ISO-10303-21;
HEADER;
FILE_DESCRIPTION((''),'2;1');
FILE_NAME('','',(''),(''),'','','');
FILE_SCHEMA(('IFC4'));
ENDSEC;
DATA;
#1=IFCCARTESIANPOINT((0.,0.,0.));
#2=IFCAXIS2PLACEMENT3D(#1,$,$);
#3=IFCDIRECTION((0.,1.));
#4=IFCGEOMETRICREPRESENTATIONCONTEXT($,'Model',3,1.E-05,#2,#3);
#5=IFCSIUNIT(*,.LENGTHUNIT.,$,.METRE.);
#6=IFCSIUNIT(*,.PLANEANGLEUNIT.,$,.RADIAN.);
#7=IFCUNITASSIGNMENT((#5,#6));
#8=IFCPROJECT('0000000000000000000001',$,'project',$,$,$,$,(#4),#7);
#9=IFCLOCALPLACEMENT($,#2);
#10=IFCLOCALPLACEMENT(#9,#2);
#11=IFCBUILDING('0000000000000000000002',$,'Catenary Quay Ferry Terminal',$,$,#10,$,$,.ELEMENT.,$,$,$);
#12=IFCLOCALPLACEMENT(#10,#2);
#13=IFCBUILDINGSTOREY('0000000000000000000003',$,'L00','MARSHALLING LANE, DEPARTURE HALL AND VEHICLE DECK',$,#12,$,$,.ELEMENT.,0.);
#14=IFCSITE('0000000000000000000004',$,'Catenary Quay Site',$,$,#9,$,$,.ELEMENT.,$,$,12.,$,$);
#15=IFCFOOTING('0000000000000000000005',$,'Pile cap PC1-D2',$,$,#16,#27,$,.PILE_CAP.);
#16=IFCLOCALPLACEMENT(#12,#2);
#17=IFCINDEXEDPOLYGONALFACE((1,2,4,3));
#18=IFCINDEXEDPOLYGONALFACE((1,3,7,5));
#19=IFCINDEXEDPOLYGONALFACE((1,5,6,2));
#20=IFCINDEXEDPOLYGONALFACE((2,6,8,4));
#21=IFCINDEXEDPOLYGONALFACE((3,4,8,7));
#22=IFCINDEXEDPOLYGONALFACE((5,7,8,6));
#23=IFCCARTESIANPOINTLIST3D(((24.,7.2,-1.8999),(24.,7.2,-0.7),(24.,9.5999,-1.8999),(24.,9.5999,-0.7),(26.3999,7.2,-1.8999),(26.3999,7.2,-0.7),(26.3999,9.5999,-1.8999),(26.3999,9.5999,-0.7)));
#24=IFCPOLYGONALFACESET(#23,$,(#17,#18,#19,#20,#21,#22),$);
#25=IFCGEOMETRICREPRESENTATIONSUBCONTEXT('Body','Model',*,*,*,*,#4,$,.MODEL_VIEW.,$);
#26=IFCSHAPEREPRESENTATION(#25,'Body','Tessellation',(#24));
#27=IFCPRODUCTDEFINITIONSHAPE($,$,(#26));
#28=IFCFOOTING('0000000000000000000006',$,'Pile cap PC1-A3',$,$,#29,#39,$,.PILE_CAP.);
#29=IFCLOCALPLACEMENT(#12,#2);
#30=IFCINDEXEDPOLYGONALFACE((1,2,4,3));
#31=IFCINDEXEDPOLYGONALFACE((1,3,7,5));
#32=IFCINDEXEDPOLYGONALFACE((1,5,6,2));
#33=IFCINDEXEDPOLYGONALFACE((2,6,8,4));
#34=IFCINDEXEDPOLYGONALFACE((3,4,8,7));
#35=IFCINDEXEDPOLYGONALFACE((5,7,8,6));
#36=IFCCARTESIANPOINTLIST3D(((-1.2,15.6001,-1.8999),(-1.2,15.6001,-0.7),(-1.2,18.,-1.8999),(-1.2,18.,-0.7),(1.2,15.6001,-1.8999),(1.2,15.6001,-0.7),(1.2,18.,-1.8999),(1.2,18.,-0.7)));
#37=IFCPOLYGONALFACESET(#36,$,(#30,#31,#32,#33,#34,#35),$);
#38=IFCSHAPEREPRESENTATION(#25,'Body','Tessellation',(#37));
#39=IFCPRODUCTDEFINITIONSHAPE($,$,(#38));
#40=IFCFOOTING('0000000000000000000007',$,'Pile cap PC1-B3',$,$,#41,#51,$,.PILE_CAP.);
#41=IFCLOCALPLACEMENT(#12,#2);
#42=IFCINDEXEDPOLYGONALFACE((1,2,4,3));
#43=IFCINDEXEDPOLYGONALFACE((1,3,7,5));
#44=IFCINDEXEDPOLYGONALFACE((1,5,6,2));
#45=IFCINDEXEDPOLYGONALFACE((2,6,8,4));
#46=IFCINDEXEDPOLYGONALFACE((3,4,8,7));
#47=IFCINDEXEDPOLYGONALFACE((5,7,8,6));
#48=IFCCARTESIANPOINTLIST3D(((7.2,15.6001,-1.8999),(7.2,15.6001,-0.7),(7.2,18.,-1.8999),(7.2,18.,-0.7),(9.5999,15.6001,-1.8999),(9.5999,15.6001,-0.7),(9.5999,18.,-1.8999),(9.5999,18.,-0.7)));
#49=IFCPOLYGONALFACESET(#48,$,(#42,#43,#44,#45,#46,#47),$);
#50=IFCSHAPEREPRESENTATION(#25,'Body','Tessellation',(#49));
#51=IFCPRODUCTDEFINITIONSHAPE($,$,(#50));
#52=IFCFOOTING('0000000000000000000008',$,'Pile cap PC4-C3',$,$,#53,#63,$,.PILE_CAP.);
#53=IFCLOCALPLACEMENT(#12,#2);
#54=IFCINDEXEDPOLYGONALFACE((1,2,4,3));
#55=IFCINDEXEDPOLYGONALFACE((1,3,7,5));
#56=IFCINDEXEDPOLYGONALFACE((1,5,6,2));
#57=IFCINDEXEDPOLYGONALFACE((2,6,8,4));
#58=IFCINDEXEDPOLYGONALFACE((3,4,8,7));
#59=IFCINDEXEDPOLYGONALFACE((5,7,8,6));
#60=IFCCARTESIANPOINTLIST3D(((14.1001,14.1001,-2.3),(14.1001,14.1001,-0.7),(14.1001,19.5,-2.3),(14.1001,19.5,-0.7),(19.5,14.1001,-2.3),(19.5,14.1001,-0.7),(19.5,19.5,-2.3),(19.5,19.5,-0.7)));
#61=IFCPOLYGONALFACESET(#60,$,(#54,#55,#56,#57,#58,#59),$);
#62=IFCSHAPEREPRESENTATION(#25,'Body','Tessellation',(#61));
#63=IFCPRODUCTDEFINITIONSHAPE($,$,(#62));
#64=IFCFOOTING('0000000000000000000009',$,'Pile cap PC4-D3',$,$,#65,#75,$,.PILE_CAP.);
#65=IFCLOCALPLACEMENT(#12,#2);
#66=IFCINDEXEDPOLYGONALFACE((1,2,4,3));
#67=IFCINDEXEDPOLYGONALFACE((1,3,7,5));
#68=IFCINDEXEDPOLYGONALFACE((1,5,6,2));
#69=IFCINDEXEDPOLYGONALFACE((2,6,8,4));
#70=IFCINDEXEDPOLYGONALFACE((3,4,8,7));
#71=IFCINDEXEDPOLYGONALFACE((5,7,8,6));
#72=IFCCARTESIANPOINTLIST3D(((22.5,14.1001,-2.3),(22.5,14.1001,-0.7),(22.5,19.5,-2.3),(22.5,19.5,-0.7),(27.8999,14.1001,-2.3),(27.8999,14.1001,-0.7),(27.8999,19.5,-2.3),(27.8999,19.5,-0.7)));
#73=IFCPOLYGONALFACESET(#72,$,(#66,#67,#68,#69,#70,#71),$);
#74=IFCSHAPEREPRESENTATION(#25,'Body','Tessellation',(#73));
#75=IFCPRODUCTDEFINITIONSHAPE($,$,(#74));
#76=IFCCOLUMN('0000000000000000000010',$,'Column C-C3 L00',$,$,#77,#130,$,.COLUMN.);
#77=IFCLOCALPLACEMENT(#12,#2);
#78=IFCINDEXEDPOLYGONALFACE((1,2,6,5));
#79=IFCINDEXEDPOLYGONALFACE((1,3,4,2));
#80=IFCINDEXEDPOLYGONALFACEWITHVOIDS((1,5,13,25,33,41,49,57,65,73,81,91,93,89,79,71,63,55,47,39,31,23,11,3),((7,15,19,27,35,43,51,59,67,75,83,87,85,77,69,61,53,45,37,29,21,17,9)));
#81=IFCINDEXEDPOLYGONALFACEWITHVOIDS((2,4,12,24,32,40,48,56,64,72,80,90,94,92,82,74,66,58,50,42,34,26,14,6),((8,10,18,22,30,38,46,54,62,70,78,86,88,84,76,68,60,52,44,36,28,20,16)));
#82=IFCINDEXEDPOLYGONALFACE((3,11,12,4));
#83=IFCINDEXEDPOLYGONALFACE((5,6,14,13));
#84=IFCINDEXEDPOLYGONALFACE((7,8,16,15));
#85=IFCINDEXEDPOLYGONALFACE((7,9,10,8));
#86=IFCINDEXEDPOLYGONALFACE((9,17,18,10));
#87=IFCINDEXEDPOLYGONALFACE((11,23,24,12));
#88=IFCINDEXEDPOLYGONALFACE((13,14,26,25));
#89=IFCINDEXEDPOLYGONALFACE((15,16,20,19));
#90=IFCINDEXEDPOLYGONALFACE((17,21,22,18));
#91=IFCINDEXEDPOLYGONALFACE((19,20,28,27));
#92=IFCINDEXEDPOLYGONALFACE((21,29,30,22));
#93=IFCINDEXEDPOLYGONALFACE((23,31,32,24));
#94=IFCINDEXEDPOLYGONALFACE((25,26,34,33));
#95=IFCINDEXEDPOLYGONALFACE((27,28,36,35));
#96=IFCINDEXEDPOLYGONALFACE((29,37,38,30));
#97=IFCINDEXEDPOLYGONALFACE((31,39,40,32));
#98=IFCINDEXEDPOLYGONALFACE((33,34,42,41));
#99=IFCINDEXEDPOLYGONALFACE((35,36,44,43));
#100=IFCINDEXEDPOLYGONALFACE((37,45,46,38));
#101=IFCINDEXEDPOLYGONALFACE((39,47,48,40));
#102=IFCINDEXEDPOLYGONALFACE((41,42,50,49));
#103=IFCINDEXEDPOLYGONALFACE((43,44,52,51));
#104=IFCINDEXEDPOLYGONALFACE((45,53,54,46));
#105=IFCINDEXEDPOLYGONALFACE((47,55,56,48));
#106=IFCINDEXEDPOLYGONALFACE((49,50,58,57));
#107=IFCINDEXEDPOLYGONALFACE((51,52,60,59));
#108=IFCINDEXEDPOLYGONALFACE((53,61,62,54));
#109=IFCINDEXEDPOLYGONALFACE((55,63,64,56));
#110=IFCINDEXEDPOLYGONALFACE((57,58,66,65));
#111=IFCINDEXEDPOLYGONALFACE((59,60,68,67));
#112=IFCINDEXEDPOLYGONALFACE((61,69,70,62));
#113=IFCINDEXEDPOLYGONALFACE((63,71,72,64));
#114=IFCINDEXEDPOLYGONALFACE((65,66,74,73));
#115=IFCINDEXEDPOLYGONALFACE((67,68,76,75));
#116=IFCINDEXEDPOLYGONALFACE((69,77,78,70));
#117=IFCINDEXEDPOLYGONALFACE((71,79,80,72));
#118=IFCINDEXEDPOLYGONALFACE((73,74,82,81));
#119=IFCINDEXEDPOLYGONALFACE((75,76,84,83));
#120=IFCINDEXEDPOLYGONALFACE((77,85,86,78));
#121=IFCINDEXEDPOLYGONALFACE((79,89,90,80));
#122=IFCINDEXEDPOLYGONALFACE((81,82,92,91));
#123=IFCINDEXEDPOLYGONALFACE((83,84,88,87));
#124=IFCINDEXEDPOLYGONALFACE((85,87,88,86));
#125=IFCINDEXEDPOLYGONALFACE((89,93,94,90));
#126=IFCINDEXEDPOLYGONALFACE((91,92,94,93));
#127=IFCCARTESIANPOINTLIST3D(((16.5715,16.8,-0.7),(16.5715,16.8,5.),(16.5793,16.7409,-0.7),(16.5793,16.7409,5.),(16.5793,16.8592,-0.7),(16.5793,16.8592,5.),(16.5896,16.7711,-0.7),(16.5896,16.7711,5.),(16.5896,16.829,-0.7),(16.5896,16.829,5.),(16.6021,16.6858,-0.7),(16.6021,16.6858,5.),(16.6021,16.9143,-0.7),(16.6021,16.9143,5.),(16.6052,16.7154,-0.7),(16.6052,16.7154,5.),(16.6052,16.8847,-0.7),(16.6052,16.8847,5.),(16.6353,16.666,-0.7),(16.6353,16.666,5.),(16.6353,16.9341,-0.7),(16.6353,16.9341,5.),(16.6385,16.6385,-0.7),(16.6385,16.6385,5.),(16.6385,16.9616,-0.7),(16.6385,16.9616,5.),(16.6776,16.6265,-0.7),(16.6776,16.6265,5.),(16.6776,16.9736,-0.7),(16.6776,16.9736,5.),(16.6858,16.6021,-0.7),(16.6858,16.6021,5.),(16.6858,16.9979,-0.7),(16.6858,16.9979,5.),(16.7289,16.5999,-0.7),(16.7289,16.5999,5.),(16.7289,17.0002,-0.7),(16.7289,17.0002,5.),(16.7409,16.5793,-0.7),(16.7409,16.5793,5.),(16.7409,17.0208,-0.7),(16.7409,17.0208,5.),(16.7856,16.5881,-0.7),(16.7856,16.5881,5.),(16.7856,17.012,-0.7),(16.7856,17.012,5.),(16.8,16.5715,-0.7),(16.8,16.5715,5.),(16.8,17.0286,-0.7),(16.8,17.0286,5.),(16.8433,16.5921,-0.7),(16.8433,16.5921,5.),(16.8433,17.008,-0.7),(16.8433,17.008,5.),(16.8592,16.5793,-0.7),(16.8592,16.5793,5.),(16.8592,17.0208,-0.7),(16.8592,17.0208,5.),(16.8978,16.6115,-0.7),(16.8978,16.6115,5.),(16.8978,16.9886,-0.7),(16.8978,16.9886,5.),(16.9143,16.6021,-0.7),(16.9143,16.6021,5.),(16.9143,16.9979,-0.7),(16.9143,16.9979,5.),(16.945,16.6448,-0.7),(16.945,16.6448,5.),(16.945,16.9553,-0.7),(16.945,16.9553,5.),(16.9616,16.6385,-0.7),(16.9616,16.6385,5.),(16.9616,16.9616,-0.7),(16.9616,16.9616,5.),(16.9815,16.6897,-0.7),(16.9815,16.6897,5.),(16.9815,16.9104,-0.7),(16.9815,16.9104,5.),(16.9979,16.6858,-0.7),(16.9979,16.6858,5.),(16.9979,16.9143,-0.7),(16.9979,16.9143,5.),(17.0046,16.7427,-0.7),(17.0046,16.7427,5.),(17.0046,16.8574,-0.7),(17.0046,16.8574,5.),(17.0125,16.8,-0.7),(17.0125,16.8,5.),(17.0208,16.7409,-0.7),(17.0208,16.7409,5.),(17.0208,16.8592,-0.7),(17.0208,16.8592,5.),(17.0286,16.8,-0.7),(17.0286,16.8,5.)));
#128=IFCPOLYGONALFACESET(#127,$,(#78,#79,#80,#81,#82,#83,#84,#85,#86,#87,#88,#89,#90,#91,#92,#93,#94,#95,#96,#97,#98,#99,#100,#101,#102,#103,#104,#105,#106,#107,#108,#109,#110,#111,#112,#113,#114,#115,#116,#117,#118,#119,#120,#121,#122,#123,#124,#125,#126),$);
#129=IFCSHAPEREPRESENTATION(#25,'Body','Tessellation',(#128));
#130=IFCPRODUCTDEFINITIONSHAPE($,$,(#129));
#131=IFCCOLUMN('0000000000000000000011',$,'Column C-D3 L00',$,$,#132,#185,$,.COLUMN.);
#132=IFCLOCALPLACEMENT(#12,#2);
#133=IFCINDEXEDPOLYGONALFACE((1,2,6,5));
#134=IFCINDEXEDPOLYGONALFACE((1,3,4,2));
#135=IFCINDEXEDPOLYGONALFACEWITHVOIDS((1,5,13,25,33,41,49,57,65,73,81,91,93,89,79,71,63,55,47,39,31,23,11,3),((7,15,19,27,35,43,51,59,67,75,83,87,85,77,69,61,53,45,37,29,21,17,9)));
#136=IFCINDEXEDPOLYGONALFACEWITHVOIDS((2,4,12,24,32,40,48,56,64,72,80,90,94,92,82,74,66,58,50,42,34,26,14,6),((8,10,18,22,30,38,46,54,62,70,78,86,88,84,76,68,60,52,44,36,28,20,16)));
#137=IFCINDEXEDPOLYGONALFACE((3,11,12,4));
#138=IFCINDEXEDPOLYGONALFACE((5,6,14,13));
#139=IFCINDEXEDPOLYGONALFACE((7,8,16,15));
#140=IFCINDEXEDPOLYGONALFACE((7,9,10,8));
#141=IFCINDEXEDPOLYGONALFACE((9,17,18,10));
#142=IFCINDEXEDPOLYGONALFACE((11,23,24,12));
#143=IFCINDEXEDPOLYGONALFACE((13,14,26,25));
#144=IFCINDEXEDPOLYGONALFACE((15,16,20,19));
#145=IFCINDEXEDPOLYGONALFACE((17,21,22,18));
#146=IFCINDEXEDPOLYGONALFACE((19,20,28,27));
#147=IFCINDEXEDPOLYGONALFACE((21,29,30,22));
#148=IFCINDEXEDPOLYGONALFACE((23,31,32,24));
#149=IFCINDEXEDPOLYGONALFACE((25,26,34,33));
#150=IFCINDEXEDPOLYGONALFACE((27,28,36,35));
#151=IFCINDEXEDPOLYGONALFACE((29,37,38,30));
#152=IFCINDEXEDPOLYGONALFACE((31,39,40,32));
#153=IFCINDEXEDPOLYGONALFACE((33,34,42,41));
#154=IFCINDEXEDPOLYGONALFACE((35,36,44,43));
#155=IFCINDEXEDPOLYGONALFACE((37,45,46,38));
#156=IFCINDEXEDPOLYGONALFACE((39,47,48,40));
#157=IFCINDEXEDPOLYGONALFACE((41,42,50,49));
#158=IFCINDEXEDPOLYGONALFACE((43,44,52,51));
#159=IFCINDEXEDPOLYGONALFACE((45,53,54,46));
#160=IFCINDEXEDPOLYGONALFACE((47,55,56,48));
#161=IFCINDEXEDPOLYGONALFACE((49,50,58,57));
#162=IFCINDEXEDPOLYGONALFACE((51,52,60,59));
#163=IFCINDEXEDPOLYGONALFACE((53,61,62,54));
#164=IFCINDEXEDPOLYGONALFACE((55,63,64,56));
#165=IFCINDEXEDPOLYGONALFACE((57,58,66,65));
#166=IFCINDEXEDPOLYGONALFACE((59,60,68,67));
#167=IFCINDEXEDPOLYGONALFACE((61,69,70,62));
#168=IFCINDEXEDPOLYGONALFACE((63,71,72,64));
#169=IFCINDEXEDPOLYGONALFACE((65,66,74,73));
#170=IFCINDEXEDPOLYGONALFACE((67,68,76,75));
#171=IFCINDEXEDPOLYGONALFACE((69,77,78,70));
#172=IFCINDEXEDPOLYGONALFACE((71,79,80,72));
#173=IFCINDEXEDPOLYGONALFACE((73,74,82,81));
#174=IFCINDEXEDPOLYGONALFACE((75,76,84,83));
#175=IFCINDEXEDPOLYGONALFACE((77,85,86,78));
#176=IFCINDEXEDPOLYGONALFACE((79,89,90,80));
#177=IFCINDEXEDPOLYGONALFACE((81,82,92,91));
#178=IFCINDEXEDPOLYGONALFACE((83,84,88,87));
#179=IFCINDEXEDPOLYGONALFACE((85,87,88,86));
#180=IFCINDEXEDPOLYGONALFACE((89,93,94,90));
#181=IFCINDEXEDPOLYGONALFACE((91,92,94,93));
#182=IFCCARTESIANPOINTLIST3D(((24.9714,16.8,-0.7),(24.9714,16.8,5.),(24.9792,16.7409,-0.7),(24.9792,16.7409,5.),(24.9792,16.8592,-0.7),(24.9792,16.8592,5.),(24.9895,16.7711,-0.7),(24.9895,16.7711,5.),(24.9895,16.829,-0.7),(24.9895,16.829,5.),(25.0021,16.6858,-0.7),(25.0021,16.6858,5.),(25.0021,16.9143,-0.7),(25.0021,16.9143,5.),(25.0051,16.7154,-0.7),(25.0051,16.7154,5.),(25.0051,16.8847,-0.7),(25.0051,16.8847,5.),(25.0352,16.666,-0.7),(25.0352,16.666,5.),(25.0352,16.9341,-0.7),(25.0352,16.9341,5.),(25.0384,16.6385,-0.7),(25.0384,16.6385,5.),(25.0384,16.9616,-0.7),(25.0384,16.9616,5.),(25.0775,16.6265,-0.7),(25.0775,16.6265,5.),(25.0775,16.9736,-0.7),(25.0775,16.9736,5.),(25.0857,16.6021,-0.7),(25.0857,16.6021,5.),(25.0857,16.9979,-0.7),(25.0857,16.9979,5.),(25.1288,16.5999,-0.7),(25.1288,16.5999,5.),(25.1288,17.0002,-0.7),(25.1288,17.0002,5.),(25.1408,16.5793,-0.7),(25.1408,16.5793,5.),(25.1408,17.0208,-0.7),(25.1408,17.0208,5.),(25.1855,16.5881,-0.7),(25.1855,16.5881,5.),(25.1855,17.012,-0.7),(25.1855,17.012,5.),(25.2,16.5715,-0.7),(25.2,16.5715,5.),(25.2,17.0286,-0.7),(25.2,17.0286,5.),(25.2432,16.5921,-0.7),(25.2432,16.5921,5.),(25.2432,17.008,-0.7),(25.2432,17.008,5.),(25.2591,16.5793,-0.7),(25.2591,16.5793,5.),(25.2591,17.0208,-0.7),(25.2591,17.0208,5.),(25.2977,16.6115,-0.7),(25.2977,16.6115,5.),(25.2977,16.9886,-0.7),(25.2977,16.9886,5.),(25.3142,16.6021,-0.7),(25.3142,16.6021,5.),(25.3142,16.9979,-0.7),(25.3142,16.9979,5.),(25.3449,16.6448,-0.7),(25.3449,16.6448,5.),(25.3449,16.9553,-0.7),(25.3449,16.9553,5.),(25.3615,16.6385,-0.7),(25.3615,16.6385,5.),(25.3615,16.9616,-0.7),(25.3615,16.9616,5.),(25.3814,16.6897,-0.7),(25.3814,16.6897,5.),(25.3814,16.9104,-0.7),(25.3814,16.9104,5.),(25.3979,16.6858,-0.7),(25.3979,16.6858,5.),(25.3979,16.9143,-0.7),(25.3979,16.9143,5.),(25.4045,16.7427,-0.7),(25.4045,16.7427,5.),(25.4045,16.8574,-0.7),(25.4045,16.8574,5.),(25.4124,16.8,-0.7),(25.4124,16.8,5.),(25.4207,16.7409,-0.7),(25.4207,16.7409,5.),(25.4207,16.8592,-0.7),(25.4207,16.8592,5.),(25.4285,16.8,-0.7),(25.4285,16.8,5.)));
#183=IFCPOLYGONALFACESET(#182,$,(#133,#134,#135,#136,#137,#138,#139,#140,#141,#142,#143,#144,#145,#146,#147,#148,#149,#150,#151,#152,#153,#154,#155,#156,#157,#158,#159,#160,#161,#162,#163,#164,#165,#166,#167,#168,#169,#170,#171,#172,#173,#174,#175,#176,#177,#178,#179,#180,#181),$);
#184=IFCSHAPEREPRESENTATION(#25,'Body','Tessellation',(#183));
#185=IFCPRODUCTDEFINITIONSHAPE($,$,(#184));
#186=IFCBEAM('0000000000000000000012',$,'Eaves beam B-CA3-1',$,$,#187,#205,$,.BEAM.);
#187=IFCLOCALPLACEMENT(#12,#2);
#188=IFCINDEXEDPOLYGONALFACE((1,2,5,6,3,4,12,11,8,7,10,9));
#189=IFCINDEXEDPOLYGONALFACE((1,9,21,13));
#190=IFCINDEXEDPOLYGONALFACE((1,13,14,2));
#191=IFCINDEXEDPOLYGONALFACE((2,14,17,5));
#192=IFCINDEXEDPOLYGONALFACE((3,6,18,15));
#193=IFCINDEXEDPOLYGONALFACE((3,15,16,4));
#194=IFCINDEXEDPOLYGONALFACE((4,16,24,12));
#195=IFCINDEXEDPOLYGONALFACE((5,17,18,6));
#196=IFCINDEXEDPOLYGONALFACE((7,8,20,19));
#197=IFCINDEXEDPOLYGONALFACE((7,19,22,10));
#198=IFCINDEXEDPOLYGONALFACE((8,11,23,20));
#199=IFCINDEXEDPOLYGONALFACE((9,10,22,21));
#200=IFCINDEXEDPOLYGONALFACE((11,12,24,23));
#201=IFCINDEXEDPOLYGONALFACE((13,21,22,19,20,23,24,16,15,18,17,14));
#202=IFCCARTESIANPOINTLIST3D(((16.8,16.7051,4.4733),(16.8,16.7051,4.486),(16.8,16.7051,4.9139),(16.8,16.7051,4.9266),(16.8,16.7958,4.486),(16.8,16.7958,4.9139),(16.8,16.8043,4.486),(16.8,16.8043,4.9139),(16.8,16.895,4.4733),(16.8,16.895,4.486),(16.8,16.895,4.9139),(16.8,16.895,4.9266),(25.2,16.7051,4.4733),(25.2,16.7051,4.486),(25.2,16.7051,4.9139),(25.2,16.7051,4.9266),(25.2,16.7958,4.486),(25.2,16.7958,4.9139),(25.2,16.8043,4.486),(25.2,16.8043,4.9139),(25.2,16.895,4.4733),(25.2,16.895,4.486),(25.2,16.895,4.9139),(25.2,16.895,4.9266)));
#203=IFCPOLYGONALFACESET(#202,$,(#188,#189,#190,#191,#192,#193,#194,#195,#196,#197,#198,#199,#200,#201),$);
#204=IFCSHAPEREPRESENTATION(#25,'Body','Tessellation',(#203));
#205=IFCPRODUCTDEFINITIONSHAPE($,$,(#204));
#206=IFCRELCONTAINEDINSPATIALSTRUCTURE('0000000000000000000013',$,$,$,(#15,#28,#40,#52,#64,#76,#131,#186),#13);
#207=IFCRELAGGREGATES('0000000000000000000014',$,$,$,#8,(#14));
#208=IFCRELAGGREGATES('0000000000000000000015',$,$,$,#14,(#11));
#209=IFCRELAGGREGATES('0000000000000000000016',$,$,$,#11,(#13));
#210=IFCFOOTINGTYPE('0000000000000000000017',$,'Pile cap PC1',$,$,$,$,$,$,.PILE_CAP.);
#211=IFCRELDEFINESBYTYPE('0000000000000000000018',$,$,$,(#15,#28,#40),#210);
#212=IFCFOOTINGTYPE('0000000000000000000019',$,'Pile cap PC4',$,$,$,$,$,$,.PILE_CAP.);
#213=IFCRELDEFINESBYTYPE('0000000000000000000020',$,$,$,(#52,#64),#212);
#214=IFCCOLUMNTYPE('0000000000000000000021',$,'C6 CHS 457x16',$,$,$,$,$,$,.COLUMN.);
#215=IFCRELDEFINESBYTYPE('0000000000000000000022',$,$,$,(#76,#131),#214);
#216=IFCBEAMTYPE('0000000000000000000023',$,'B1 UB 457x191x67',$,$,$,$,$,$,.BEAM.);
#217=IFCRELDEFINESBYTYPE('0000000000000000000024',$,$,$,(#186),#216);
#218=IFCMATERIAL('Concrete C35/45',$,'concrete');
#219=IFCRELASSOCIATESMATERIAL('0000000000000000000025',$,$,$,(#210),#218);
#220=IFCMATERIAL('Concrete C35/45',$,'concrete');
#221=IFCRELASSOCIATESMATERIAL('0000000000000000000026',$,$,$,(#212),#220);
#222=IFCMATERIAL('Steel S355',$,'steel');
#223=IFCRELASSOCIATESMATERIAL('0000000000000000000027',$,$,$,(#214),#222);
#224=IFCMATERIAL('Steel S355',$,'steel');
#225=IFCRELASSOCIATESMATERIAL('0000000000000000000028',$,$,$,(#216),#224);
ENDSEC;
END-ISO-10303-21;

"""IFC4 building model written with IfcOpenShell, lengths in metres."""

from ifc_helpers import new_model, si_unit, direction, frame, origin, origin_2d, place, context, subcontext, project, spatial, rectangle, hollow_circle, i_section, extrude, material, material_profile, profile_set, type_object, element, save


model = new_model("IFC4")

# Units and contexts
model_context = context("Model", 3, precision=1e-05, world=origin(), true_north=direction((0.0, 1.0)))
body_context = subcontext(model_context, "Body", "Model", "MODEL_VIEW")
ifc_project = project(units=[si_unit("LENGTHUNIT", "METRE"), si_unit("PLANEANGLEUNIT", "RADIAN")], contexts=[model_context])

# Site, building, storey
site_placement = place(None, origin())
site = spatial("IfcSite", under=ifc_project, at=site_placement, Name="Catenary Quay Site", CompositionType="ELEMENT", RefElevation=12.0)
building_placement = place(site_placement, origin())
building = spatial("IfcBuilding", under=site, at=building_placement, Name="Catenary Quay Ferry Terminal", CompositionType="ELEMENT")
storey_placement = place(building_placement, origin())
storey = spatial("IfcBuildingStorey", under=building, at=storey_placement, Name="L00", Description="MARSHALLING LANE, DEPARTURE HALL AND VEHICLE DECK", CompositionType="ELEMENT", Elevation=0.0)

# Footings
ifc_material_1 = material(Name="Concrete C35/45", Category="concrete")
footing_type_1 = type_object("IfcFootingType", Name="Pile cap PC1", PredefinedType="PILE_CAP", material=ifc_material_1)
for number, where, z_axis, x_axis, name in (
    (1, (25.2, 8.3999, -1.8999), (0.0, 0.0, 1.0), (1.0, 0.0, 0.0), "Pile cap PC1-D2"),
    (2, (0.0, 16.8, -1.8999), (0.0, 0.0, 1.0), (1.0, 0.0, 0.0), "Pile cap PC1-A3"),
    (3, (8.3999, 16.8, -1.8999), (0.0, 0.0, 1.0), (1.0, 0.0, 0.0), "Pile cap PC1-B3"),
):
    element("IfcFooting", number, at=place(storey_placement, frame(where, z_axis=z_axis, x_axis=x_axis)), inside=storey, type_object=footing_type_1, Name=name, PredefinedType="PILE_CAP", context=body_context, shape_type="SweptSolid", body=[
        extrude(rectangle(XDim=2.3999, YDim=2.3999, at=origin_2d()), origin(), (0.0, 0.0, 1.0), 1.2),
    ])
ifc_material_2 = material(Name="Concrete C35/45", Category="concrete")
footing_type_2 = type_object("IfcFootingType", Name="Pile cap PC4", PredefinedType="PILE_CAP", material=ifc_material_2)
for number, where, z_axis, x_axis, name in (
    (4, (16.8, 16.8, -2.3), (0.0, 0.0, 1.0), (1.0, 0.0, 0.0), "Pile cap PC4-C3"),
    (5, (25.2, 16.8, -2.3), (0.0, 0.0, 1.0), (1.0, 0.0, 0.0), "Pile cap PC4-D3"),
):
    element("IfcFooting", number, at=place(storey_placement, frame(where, z_axis=z_axis, x_axis=x_axis)), inside=storey, type_object=footing_type_2, Name=name, PredefinedType="PILE_CAP", context=body_context, shape_type="SweptSolid", body=[
        extrude(rectangle(XDim=5.3999, YDim=5.3999, at=origin_2d()), origin(), (0.0, 0.0, 1.0), 1.6001),
    ])

# Columns
ifc_material_3 = material(Name="Steel S355", Category="steel")
ifc_material_profile_1 = material_profile(ifc_material_3, hollow_circle(Radius=0.2285, WallThickness=0.0161, at=origin_2d()), Name="CHS 457x16")
ifc_profile_set_1 = profile_set([ifc_material_profile_1], Name="Steel S355")
column_type = type_object("IfcColumnType", Name="C6 CHS 457x16", PredefinedType="COLUMN", material=ifc_profile_set_1)
for number, where, z_axis, x_axis, name in (
    (6, (16.8, 16.8, -0.7), (0.0, 0.0, 1.0), (1.0, 0.0, 0.0), "Column C-C3 L00"),
    (7, (25.2, 16.8, -0.7), (0.0, 0.0, 1.0), (1.0, 0.0, 0.0), "Column C-D3 L00"),
):
    element("IfcColumn", number, at=place(storey_placement, frame(where, z_axis=z_axis, x_axis=x_axis)), inside=storey, type_object=column_type, Name=name, PredefinedType="COLUMN", context=body_context, shape_type="SweptSolid", body=[
        extrude(hollow_circle(Radius=0.2285, WallThickness=0.0161, at=origin_2d()), origin(), (0.0, 0.0, 1.0), 5.7),
    ])

# Beam
ifc_material_4 = material(Name="Steel S355", Category="steel")
ifc_material_profile_2 = material_profile(ifc_material_4, i_section(OverallWidth=0.1899, OverallDepth=0.4534, WebThickness=0.0085, FlangeThickness=0.0127, at=origin_2d()), Name="UB 457x191x67")
ifc_profile_set_2 = profile_set([ifc_material_profile_2], Name="Steel S355")
beam_type_1 = type_object("IfcBeamType", Name="B1 UB 457x191x67", PredefinedType="BEAM", material=ifc_profile_set_2)
beam_1_placement = place(storey_placement, frame((16.8, 16.8, 4.7), z_axis=(1.0, 0.0, 0.0), x_axis=(0.0, 1.0, 0.0)))
element("IfcBeam", 8, at=beam_1_placement, inside=storey, type_object=beam_type_1, Name="Eaves beam B-CA3-1", PredefinedType="BEAM", context=body_context, shape_type="SweptSolid", body=[
    extrude(i_section(OverallWidth=0.1899, OverallDepth=0.4534, WebThickness=0.0085, FlangeThickness=0.0127, at=origin_2d()), origin(), (0.0, 0.0, 1.0), 8.3999),
])

save(model, "model.ifc")
